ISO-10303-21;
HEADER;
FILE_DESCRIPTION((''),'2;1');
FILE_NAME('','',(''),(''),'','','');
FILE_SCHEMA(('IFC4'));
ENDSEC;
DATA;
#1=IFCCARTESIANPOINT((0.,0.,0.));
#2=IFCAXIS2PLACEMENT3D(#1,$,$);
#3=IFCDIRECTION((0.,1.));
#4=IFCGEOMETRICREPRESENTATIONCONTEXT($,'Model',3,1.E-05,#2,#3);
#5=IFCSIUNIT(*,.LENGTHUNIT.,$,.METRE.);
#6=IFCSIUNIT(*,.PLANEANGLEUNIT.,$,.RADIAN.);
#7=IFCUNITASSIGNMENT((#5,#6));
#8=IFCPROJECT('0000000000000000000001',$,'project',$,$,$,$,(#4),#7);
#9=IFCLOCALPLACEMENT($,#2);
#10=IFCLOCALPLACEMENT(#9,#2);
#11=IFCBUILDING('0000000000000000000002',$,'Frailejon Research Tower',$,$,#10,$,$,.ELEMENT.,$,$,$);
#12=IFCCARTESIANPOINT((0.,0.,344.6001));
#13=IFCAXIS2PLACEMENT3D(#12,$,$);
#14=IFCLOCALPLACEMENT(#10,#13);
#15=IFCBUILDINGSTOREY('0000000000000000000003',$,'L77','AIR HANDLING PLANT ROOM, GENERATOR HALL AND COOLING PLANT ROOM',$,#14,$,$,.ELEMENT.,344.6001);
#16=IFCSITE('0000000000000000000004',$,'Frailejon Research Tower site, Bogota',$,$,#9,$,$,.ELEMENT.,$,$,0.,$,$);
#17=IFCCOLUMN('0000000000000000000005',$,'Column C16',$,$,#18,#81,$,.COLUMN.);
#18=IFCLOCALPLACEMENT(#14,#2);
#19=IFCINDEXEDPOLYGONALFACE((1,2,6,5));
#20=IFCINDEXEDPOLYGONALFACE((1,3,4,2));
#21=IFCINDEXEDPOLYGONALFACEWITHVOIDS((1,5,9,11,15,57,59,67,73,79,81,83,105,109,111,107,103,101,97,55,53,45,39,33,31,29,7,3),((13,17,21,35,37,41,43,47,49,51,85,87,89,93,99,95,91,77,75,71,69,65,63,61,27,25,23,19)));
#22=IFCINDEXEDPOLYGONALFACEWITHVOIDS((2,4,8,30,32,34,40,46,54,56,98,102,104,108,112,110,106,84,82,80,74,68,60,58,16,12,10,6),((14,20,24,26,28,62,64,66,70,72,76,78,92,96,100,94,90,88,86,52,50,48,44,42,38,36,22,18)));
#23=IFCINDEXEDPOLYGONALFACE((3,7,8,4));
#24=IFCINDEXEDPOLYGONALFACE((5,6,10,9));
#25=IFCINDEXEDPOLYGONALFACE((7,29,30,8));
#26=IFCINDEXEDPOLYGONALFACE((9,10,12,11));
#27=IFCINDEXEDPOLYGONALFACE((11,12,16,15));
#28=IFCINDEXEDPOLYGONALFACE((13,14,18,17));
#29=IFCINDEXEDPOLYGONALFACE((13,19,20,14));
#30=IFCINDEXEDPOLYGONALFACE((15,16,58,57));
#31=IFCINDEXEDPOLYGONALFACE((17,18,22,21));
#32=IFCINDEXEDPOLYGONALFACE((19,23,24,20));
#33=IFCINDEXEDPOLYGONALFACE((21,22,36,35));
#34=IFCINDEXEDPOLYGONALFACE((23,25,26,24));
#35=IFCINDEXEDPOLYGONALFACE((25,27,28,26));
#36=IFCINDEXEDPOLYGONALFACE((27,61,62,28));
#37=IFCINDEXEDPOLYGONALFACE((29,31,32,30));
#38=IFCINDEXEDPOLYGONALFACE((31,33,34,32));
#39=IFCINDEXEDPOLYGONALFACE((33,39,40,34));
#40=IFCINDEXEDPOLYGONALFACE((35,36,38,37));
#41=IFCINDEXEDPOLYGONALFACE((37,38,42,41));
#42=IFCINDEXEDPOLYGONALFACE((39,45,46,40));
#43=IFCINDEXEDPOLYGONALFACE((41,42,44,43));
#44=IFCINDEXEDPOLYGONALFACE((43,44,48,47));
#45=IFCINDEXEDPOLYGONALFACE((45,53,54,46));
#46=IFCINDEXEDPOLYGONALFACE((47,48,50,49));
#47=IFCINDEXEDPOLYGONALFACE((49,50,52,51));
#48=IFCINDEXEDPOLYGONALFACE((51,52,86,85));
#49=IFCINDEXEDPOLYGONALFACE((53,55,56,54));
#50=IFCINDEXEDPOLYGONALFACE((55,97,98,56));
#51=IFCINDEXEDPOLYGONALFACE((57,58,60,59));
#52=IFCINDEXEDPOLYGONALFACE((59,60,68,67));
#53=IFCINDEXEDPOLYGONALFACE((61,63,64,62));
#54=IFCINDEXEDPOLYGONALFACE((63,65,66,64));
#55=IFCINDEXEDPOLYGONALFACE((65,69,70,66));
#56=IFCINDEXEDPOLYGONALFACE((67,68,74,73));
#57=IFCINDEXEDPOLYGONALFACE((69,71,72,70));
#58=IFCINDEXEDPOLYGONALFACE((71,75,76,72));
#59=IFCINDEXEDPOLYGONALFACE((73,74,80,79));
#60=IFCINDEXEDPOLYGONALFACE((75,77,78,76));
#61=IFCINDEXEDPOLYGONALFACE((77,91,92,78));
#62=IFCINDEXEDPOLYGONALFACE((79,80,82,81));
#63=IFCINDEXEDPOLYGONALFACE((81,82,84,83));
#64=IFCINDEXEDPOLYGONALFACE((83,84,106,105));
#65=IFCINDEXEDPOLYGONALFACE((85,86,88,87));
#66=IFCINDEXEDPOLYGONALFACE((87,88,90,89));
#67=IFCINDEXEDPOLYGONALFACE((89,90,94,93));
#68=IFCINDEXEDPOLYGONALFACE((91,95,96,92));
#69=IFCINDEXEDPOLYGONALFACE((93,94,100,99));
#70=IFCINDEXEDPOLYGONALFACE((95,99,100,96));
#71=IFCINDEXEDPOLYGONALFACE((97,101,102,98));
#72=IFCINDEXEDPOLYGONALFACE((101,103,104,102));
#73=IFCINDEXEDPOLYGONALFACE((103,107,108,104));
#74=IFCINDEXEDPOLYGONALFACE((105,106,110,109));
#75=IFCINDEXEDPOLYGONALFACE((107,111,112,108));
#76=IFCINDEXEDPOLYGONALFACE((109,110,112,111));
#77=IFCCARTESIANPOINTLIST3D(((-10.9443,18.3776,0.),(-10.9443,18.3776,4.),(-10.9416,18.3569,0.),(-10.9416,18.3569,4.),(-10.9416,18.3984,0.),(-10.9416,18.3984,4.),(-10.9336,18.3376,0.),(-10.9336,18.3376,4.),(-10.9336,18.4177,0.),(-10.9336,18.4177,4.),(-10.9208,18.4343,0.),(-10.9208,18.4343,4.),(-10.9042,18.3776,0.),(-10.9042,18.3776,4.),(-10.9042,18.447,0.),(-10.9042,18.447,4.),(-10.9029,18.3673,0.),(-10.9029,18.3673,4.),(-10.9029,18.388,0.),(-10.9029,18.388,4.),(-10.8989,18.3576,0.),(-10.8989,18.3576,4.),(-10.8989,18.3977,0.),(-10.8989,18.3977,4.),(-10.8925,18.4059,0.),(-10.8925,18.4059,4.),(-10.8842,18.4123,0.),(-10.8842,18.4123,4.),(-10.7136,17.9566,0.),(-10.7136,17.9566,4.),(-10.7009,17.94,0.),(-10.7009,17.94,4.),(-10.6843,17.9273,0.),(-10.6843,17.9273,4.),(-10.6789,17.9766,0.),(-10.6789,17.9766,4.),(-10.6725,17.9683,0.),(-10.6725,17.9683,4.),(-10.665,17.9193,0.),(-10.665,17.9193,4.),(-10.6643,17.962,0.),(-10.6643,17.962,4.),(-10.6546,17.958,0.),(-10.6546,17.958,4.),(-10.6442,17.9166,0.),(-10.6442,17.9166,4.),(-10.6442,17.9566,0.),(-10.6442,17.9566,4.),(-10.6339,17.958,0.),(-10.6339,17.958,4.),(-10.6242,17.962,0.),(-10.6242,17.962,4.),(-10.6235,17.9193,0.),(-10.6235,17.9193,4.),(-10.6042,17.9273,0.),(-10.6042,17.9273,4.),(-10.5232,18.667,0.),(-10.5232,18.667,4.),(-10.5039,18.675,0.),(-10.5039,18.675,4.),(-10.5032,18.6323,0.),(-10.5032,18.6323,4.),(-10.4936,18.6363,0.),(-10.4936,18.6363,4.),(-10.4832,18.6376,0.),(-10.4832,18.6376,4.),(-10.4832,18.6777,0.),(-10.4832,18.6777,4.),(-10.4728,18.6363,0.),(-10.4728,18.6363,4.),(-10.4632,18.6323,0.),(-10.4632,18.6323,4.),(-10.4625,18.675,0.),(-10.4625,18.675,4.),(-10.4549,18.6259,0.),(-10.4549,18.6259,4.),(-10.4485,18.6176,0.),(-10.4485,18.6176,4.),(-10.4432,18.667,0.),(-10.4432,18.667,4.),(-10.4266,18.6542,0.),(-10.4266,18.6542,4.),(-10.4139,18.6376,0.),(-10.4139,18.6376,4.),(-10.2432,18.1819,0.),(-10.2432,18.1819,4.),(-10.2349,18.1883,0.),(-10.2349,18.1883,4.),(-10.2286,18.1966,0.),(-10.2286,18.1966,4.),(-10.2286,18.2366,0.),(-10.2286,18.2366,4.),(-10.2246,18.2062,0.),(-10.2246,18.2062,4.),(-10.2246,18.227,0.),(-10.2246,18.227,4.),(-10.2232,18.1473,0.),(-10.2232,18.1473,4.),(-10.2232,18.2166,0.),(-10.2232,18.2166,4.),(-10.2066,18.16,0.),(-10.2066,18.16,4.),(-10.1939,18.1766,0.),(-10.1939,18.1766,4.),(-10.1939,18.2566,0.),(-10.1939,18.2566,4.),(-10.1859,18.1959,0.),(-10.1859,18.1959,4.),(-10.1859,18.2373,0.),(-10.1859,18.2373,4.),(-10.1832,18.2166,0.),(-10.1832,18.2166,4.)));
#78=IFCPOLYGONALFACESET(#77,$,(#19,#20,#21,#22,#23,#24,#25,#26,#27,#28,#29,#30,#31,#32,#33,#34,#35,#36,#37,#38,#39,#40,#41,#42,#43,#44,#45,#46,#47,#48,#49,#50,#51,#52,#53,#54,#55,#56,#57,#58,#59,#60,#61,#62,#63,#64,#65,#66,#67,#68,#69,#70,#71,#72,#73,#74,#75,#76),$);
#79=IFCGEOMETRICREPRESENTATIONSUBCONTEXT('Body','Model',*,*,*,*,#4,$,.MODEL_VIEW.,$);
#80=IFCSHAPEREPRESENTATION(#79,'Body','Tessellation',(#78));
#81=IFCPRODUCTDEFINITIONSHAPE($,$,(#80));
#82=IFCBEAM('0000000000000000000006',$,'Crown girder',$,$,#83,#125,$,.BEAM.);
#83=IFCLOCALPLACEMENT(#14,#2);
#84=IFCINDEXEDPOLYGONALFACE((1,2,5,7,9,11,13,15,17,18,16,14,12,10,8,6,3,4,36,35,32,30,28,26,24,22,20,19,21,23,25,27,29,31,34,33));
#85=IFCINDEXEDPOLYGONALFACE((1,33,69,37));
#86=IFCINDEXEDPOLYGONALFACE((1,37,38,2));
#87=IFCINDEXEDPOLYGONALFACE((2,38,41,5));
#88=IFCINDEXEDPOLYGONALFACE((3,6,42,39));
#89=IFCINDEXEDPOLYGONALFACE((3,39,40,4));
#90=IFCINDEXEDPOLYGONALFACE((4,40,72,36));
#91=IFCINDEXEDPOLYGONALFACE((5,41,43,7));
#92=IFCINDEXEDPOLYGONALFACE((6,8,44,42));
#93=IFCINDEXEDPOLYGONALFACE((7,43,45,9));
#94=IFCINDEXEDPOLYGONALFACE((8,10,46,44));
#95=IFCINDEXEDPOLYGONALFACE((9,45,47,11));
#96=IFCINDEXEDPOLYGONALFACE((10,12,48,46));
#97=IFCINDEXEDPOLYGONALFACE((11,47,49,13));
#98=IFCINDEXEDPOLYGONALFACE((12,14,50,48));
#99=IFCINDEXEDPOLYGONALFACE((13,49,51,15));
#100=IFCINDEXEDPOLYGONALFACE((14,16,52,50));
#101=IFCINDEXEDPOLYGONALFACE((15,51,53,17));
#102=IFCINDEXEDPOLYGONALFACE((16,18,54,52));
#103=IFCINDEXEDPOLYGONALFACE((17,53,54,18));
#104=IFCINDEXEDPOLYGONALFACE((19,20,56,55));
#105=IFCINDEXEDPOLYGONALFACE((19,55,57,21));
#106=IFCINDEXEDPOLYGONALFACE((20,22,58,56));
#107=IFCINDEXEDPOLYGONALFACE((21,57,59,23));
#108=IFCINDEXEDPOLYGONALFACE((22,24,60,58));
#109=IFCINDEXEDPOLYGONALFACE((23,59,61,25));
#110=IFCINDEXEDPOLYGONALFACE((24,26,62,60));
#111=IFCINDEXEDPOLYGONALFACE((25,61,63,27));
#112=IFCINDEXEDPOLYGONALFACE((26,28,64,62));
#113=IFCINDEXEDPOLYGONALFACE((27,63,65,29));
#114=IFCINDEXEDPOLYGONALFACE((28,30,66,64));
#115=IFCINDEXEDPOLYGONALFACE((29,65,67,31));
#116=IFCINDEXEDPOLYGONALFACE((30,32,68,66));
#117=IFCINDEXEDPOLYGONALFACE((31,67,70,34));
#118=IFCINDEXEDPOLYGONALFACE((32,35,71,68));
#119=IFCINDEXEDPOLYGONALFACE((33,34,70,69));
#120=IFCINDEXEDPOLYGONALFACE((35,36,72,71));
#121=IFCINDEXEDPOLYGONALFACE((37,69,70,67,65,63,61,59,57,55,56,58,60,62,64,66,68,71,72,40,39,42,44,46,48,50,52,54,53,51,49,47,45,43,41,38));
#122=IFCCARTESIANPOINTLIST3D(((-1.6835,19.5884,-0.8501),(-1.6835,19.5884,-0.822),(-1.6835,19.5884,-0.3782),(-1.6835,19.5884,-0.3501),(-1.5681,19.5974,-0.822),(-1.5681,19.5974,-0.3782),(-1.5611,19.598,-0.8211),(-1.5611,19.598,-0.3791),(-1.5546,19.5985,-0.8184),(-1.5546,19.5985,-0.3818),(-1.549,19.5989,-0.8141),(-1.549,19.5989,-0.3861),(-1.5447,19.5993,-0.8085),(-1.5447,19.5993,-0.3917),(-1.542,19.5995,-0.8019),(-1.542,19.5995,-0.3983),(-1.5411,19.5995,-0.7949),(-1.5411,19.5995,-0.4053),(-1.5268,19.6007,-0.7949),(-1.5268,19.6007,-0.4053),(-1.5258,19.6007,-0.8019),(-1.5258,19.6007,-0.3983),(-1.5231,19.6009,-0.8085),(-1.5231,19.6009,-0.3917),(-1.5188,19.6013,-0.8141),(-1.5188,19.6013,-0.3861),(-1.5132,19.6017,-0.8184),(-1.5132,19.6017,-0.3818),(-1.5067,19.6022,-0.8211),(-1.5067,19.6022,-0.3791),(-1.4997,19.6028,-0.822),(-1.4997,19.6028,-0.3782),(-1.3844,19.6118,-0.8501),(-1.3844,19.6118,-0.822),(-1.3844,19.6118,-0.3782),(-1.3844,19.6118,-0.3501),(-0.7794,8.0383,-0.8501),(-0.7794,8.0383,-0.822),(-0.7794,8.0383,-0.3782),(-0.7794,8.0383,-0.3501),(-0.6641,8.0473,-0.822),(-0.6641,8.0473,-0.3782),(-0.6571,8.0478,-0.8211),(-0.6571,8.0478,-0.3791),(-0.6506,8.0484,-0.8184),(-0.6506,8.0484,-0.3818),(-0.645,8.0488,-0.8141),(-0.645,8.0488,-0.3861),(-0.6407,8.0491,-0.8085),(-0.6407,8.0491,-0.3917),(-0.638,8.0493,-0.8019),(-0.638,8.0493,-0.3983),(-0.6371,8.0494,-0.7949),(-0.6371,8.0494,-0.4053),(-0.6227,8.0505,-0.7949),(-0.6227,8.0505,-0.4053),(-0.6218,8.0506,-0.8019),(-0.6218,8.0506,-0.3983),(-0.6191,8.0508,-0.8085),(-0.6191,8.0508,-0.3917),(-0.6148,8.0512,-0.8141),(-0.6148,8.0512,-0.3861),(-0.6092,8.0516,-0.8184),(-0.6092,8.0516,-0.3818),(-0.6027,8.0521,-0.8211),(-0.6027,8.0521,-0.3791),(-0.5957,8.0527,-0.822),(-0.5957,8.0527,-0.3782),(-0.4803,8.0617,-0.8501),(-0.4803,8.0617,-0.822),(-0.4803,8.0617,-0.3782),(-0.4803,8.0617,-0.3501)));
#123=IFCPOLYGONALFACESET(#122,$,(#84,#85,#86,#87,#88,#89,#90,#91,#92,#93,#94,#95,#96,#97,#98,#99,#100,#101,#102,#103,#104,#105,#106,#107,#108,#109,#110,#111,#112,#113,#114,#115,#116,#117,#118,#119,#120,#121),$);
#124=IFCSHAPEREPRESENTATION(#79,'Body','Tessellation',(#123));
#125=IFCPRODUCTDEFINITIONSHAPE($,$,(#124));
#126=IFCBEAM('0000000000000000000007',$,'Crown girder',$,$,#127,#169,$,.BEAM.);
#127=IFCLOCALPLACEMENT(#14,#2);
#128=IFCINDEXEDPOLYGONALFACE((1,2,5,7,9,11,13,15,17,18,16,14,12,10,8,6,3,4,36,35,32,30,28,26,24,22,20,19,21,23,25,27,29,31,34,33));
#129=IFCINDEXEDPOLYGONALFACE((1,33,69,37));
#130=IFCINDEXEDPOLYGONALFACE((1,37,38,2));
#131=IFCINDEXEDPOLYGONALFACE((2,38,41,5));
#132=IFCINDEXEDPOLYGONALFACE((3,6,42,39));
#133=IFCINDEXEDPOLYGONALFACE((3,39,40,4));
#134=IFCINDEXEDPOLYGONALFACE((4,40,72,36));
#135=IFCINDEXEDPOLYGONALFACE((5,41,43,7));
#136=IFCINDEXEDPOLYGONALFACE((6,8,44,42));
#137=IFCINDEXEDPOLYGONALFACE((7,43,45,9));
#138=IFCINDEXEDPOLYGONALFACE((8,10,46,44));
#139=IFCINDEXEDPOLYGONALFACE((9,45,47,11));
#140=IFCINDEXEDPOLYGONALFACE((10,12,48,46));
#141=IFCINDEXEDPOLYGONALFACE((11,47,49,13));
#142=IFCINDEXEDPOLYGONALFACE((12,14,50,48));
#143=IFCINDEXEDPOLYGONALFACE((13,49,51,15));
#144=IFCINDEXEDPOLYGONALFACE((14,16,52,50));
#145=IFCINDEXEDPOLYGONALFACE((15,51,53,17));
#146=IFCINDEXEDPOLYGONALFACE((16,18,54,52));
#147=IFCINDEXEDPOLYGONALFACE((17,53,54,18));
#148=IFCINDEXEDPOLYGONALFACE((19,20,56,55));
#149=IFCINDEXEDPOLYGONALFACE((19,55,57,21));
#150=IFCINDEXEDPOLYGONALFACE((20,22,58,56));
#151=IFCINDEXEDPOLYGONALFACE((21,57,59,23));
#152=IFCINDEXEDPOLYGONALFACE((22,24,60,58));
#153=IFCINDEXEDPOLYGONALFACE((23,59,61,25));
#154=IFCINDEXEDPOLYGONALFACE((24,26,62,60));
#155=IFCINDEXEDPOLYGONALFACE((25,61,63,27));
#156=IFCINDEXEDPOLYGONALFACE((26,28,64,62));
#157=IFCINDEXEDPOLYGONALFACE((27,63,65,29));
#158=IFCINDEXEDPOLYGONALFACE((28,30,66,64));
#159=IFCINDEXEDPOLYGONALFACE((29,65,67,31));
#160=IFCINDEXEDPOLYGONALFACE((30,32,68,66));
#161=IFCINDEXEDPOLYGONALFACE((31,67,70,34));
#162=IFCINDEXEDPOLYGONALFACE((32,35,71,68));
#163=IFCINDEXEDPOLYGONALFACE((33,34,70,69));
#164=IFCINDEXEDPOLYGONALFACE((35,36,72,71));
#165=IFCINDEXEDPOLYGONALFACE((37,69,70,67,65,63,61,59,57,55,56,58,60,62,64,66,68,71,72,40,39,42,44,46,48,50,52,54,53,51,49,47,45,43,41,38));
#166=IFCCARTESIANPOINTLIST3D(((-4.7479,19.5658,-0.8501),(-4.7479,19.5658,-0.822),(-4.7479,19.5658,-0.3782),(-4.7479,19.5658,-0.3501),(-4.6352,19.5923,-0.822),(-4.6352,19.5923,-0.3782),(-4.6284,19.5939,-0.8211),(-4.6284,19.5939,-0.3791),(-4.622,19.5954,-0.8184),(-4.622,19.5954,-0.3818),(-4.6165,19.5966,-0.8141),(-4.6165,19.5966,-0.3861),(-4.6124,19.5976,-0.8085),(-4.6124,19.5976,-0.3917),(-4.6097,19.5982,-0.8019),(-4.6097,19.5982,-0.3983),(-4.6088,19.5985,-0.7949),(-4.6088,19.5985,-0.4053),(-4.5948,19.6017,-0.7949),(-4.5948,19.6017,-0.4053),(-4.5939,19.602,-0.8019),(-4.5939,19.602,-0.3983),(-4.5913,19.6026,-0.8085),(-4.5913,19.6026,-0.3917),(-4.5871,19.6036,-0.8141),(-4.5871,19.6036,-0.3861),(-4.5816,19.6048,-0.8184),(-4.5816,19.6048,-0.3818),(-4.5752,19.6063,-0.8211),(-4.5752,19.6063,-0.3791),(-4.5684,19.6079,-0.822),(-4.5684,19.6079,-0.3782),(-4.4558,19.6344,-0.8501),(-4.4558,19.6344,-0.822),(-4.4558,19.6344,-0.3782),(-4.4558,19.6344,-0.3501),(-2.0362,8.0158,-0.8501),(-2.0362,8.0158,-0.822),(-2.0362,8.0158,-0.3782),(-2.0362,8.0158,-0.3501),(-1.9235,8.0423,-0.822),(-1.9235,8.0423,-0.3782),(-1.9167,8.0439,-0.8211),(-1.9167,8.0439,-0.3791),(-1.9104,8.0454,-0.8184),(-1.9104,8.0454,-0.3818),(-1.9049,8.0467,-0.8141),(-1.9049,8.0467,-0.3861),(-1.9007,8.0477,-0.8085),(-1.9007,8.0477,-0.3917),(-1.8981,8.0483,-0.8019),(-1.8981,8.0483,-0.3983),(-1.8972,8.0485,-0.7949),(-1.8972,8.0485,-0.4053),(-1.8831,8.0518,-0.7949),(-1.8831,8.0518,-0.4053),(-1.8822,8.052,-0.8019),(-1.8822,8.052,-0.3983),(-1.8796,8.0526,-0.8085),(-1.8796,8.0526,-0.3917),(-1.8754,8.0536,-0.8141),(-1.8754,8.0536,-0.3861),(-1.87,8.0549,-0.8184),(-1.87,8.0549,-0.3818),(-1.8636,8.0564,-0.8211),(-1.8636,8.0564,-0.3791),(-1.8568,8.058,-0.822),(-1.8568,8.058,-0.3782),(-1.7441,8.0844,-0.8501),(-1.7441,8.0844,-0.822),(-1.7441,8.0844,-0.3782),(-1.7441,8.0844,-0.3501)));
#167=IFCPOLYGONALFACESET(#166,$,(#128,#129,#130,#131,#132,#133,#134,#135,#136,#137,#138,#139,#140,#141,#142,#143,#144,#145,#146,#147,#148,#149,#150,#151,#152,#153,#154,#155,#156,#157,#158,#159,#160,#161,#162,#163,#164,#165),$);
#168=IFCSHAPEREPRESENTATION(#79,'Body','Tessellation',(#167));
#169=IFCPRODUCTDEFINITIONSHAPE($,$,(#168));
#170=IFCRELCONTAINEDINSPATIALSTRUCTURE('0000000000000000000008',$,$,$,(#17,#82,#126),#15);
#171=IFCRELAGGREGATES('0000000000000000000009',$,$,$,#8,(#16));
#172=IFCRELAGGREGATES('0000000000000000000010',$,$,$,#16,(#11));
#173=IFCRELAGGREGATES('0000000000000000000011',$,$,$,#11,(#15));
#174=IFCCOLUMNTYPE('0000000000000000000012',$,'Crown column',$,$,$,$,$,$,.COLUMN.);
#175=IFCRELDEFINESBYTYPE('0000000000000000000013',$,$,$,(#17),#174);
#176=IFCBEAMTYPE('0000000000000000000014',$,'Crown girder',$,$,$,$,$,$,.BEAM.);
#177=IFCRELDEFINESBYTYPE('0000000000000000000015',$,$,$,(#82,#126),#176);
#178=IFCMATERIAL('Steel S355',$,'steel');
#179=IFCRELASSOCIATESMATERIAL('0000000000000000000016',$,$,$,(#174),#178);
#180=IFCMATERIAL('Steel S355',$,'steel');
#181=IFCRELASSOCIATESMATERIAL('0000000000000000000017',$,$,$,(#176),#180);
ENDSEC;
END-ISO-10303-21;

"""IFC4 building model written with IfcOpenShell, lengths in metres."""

from ifc_helpers import new_model, si_unit, direction, frame, origin, origin_2d, place, context, subcontext, project, spatial, hollow_rectangle, i_section, extrude, material, material_profile, profile_set, type_object, element, save


model = new_model("IFC4")

# Units and contexts
model_context = context("Model", 3, precision=1e-05, world=origin(), true_north=direction((0.0, 1.0)))
body_context = subcontext(model_context, "Body", "Model", "MODEL_VIEW")
ifc_project = project(units=[si_unit("LENGTHUNIT", "METRE"), si_unit("PLANEANGLEUNIT", "RADIAN")], contexts=[model_context])

# Site, building, storey
site_placement = place(None, origin())
site = spatial("IfcSite", under=ifc_project, at=site_placement, Name="Frailejon Research Tower site, Bogota", CompositionType="ELEMENT", RefElevation=0.0)
building_placement = place(site_placement, origin())
building = spatial("IfcBuilding", under=site, at=building_placement, Name="Frailejon Research Tower", CompositionType="ELEMENT")
storey_placement = place(building_placement, frame((0.0, 0.0, 344.6001)))
storey = spatial("IfcBuildingStorey", under=building, at=storey_placement, Name="L77", Description="AIR HANDLING PLANT ROOM, GENERATOR HALL AND COOLING PLANT ROOM", CompositionType="ELEMENT", Elevation=344.6001)

# Column
ifc_material_1 = material(Name="Steel S355", Category="steel")
ifc_material_profile_1 = material_profile(ifc_material_1, hollow_rectangle(XDim=0.6001, YDim=0.6001, WallThickness=0.04, InnerFilletRadius=0.04, OuterFilletRadius=0.0801, at=origin_2d()), Name="Crown column")
ifc_profile_set_1 = profile_set([ifc_material_profile_1], Name="Steel S355")
column_type = type_object("IfcColumnType", Name="Crown column", PredefinedType="COLUMN", material=ifc_profile_set_1)
for number, where, z_axis, x_axis, name in (
    (1, (-10.5637, 18.2971, 0.0), (0.0, 0.0, 1.0), (-0.866025, -0.5, 0.0), "Column C16"),
):
    element("IfcColumn", number, at=place(storey_placement, frame(where, z_axis=z_axis, x_axis=x_axis)), inside=storey, type_object=column_type, Name=name, PredefinedType="COLUMN", context=body_context, shape_type="SweptSolid", body=[
        extrude(hollow_rectangle(XDim=0.6001, YDim=0.6001, WallThickness=0.04, InnerFilletRadius=0.04, OuterFilletRadius=0.0801, at=origin_2d()), origin(), (0.0, 0.0, 1.0), 4.0),
    ])

# Beams
ifc_material_2 = material(Name="Steel S355", Category="steel")
ifc_material_profile_2 = material_profile(ifc_material_2, i_section(OverallWidth=0.3, OverallDepth=0.5, WebThickness=0.0144, FlangeThickness=0.0281, FilletRadius=0.0271, at=origin_2d()), Name="HE 500 B")
ifc_profile_set_2 = profile_set([ifc_material_profile_2], Name="Steel S355")
beam_type_1 = type_object("IfcBeamType", Name="Crown girder", PredefinedType="BEAM", material=ifc_profile_set_2)
beam_1_placement = place(storey_placement, frame((-1.5339, 19.6001, -0.6001), z_axis=(0.078034, -0.996951, 0.0), x_axis=(0.996951, 0.078034, 0.0)))
element("IfcBeam", 2, at=beam_1_placement, inside=storey, type_object=beam_type_1, Name="Crown girder", PredefinedType="BEAM", context=body_context, shape_type="SweptSolid", body=[
    extrude(i_section(OverallWidth=0.3, OverallDepth=0.5, WebThickness=0.0144, FlangeThickness=0.0281, FilletRadius=0.0271, at=origin_2d()), origin(), (0.0, 0.0, 1.0), 11.5854),
])
beam_2_placement = place(storey_placement, frame((-4.6018, 19.6001, -0.6001), z_axis=(0.228561, -0.97353, 0.0), x_axis=(0.97353, 0.228561, 0.0)))
element("IfcBeam", 3, at=beam_2_placement, inside=storey, type_object=beam_type_1, Name="Crown girder", PredefinedType="BEAM", context=body_context, shape_type="SweptSolid", body=[
    extrude(i_section(OverallWidth=0.3, OverallDepth=0.5, WebThickness=0.0144, FlangeThickness=0.0281, FilletRadius=0.0271, at=origin_2d()), origin(), (0.0, 0.0, 1.0), 11.864),
])

save(model, "model.ifc")
